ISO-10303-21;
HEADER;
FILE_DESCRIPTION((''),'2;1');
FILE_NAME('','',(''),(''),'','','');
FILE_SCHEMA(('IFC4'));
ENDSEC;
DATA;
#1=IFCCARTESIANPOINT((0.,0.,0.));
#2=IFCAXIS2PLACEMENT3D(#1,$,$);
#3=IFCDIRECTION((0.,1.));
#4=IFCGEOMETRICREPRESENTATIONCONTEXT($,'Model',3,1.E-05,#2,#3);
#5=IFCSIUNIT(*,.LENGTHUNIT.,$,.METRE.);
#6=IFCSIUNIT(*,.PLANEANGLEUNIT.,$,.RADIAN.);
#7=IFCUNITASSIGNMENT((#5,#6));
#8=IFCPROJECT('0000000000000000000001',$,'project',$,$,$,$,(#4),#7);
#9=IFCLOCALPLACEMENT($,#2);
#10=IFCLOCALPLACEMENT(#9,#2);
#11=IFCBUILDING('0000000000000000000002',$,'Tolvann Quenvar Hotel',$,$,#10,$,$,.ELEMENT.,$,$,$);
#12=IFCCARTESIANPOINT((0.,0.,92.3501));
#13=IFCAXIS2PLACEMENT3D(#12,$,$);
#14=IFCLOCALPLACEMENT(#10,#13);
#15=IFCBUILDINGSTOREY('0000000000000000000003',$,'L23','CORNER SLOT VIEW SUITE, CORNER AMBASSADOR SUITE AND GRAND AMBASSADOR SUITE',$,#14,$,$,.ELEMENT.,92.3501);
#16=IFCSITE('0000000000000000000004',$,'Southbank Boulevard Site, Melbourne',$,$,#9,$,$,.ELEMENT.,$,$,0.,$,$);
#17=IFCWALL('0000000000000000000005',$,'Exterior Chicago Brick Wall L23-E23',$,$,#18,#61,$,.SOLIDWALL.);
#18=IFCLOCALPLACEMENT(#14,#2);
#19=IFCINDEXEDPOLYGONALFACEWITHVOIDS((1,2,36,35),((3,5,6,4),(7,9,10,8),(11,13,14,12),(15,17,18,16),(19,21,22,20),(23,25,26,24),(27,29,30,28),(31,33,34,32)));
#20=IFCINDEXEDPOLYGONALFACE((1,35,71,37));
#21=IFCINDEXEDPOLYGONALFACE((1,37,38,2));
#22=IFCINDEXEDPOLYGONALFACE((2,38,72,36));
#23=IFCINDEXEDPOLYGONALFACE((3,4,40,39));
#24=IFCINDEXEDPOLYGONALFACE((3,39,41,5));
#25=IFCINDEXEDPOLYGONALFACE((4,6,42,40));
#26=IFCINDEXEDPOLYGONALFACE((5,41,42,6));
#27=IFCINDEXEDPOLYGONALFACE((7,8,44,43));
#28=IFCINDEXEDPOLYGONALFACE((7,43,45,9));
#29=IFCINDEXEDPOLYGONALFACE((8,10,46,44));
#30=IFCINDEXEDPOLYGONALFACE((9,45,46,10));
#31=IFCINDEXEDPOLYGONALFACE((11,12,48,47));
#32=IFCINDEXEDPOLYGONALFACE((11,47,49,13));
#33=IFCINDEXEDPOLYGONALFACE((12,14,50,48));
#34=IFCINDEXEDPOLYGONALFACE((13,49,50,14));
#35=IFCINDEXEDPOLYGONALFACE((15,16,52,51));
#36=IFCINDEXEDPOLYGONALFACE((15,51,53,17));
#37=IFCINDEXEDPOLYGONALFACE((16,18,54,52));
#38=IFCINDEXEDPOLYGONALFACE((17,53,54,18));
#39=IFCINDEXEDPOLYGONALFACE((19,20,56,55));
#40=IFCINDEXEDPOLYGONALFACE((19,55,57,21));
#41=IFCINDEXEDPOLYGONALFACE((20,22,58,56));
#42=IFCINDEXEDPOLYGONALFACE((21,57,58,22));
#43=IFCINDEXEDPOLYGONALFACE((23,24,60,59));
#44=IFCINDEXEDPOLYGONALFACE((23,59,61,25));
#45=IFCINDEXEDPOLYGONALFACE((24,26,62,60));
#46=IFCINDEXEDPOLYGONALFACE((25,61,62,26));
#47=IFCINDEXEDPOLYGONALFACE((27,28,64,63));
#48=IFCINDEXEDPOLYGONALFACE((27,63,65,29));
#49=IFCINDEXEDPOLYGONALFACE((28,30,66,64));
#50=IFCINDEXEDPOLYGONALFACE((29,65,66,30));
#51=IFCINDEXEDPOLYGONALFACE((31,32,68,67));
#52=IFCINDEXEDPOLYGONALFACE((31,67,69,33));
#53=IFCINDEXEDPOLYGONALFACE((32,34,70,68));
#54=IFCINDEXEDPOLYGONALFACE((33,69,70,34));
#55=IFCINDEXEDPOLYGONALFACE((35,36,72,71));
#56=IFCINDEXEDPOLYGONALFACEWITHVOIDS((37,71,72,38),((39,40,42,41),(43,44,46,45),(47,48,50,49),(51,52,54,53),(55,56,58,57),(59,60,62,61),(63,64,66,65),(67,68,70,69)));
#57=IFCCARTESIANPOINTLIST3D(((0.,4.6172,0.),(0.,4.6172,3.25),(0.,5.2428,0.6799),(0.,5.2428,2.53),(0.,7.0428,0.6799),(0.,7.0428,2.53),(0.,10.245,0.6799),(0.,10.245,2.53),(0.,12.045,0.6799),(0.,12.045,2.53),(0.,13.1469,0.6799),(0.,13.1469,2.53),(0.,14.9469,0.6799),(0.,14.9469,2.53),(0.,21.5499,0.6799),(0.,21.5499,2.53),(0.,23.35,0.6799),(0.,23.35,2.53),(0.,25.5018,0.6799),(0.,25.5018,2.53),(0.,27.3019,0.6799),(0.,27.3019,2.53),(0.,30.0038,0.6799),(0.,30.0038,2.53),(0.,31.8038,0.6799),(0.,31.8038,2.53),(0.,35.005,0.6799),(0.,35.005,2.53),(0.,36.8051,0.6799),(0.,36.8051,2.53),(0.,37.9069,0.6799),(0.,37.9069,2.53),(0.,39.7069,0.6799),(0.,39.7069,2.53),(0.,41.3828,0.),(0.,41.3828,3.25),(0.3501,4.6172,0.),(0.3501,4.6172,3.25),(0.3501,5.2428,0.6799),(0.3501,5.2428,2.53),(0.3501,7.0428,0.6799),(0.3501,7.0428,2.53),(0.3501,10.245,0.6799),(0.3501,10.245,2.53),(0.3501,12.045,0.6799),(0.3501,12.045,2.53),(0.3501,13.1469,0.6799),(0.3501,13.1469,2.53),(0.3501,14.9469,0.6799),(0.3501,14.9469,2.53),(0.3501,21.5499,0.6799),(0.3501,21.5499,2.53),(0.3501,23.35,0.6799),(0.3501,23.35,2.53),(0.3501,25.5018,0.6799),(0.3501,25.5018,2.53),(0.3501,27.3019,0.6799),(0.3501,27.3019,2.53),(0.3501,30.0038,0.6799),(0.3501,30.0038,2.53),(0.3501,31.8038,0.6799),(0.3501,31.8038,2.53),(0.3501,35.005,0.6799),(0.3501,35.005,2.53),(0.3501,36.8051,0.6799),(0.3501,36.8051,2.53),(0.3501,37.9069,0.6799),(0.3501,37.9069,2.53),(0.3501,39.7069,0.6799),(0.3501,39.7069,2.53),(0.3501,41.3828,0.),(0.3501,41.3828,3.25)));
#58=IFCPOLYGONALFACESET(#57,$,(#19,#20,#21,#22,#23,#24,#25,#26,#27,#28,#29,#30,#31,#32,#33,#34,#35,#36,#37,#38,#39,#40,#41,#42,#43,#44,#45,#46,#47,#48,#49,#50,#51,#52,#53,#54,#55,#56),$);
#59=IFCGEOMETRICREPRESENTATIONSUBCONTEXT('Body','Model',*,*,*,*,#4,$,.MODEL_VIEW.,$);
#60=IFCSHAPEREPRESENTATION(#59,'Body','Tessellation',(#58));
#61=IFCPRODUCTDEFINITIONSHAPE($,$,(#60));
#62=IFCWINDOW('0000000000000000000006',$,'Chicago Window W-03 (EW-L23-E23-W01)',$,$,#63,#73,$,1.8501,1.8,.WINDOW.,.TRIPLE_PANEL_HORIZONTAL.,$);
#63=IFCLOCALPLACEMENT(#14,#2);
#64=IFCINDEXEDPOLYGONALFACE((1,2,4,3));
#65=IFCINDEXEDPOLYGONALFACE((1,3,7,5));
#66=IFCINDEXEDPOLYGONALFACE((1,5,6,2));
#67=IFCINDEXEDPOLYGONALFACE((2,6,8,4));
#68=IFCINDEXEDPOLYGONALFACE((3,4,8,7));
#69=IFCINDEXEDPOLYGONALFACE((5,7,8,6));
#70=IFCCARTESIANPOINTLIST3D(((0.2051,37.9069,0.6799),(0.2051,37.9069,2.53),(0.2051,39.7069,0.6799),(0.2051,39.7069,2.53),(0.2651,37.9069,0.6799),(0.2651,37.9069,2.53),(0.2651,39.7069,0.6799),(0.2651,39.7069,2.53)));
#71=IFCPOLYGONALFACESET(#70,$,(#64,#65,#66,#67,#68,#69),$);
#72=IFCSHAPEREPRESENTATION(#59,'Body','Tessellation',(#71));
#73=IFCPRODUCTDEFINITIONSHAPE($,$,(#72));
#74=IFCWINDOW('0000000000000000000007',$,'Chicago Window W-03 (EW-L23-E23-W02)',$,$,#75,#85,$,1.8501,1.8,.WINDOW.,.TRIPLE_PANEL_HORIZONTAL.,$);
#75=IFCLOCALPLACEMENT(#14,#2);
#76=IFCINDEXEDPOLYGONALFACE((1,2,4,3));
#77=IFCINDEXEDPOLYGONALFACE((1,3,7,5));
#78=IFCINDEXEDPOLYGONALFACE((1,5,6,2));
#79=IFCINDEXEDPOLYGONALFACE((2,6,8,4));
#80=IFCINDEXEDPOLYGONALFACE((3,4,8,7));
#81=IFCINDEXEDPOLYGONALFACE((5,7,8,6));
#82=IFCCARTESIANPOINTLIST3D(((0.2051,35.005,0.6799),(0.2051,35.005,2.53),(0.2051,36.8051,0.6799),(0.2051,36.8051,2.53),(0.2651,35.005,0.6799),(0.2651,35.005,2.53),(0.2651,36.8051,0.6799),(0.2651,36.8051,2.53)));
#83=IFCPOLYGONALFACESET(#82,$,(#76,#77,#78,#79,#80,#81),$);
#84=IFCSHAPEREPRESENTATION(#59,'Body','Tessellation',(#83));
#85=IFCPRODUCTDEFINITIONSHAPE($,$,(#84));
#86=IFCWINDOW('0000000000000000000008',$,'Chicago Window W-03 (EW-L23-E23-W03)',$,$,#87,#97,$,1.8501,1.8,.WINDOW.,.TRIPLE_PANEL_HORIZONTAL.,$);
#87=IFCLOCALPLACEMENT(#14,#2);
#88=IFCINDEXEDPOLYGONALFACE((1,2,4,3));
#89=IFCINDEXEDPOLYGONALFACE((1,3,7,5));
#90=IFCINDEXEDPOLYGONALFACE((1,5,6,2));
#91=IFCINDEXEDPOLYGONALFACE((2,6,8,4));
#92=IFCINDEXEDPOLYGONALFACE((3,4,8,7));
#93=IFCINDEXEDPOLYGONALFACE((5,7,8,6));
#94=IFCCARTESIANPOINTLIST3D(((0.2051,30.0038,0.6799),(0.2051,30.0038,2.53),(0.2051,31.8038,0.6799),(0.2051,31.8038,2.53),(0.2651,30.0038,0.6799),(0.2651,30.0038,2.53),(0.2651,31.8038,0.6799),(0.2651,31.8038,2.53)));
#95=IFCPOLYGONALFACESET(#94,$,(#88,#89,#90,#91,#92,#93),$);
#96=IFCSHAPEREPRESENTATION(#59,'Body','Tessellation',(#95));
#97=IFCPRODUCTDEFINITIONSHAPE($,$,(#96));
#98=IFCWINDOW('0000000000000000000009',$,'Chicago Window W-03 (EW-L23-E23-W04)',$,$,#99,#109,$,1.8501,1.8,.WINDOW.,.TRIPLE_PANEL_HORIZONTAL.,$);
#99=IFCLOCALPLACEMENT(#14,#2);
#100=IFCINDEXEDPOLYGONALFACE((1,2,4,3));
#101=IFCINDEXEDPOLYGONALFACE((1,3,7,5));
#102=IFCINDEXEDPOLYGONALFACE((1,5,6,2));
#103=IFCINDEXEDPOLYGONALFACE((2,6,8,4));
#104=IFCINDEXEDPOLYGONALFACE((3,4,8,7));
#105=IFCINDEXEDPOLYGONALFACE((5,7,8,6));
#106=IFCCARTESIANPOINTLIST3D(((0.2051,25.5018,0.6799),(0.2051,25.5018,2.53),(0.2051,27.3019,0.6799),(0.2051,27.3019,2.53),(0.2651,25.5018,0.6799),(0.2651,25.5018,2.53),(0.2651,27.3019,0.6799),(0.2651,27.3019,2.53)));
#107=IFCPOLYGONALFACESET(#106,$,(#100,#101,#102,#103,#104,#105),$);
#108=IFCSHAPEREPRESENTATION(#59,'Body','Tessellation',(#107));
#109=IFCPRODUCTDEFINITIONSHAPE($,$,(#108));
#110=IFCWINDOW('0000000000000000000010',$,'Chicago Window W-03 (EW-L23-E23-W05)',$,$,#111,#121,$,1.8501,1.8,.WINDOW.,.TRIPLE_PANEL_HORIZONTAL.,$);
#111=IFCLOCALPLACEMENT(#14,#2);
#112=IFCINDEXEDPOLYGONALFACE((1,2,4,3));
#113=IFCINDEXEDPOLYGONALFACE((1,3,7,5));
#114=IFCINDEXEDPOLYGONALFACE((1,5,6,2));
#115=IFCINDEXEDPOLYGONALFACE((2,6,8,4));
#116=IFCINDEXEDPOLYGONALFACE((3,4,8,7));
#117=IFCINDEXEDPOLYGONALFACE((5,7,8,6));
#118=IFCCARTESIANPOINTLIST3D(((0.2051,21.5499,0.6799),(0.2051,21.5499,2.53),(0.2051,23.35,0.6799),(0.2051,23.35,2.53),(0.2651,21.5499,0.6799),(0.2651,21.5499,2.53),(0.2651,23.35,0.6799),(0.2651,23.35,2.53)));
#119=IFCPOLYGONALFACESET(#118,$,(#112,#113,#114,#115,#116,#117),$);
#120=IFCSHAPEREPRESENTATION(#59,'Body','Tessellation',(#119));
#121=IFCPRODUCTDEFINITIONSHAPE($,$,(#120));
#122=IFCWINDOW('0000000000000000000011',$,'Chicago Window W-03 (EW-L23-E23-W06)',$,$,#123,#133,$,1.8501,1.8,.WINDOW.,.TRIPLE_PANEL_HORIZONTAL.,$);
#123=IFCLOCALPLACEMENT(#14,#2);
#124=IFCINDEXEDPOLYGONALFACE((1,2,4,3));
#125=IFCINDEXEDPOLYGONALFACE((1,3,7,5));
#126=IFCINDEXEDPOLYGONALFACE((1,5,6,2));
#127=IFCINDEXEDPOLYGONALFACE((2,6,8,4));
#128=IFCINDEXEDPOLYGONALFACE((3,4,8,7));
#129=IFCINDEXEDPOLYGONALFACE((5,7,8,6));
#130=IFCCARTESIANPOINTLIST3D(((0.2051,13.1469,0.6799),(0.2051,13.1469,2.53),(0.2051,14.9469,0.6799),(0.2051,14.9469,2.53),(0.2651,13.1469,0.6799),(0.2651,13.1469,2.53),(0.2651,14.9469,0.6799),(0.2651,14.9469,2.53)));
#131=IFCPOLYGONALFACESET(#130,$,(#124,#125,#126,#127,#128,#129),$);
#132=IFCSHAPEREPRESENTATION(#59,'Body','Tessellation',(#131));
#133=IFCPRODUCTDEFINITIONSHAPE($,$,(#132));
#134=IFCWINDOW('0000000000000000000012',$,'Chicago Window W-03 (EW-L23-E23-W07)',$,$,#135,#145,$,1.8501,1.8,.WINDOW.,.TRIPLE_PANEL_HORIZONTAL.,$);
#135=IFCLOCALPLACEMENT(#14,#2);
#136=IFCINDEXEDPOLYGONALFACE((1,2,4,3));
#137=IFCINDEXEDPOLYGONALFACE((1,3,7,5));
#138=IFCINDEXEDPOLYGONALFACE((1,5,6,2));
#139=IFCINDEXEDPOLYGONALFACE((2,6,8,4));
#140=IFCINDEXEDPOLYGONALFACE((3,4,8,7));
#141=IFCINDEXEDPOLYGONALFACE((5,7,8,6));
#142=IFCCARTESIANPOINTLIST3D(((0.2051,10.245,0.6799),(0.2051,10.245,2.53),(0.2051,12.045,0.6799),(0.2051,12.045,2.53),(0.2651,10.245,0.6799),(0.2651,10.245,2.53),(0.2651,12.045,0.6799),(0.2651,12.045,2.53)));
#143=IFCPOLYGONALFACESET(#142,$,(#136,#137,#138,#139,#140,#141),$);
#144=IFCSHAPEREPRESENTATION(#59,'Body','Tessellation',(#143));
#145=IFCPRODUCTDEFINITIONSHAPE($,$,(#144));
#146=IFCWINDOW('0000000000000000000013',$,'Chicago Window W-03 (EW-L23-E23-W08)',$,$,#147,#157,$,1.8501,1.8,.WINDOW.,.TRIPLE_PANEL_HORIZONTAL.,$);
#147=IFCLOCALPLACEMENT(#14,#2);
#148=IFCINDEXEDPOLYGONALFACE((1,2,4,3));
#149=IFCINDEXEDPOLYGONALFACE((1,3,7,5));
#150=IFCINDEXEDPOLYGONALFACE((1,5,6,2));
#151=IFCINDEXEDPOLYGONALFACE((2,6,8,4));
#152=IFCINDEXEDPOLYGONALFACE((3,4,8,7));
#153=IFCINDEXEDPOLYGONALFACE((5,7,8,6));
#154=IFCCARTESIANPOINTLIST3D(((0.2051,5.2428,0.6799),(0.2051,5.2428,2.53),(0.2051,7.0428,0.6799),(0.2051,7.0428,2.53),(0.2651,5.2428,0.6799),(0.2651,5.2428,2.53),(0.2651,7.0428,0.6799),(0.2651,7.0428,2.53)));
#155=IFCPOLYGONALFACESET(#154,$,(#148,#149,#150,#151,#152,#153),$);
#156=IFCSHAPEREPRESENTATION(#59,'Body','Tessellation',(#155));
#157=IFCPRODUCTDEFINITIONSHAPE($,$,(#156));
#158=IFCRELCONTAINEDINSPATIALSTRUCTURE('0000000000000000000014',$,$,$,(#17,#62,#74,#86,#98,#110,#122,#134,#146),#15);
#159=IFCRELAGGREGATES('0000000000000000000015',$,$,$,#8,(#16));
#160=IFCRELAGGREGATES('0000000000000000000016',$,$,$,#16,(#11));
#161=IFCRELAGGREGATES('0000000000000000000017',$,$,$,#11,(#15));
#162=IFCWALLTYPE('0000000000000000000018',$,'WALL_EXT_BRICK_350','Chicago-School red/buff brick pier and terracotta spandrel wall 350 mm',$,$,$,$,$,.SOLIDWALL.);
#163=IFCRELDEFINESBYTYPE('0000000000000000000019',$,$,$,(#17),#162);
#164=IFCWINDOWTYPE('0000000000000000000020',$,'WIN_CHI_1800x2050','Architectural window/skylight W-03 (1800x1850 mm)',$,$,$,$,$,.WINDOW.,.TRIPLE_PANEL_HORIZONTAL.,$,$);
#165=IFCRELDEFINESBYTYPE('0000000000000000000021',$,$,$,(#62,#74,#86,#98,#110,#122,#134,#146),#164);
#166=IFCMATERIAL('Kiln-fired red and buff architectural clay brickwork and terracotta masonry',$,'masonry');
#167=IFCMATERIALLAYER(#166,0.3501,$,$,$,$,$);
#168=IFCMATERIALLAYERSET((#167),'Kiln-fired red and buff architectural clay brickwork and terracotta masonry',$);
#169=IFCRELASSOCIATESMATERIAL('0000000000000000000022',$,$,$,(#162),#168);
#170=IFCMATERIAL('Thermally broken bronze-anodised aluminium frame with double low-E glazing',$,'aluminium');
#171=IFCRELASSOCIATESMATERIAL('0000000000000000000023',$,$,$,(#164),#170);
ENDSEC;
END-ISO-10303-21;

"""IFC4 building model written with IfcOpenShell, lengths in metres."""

from ifc_helpers import new_model, si_unit, direction, frame, frame_2d, origin, place, context, subcontext, project, spatial, rectangle, extrude, source, transform, mapped, material, layer, layer_set, type_object, type_shapes, element, fill, save


model = new_model("IFC4")

# Units and contexts
model_context = context("Model", 3, precision=1e-05, world=origin(), true_north=direction((0.0, 1.0)))
body_context = subcontext(model_context, "Body", "Model", "MODEL_VIEW")
ifc_project = project(units=[si_unit("LENGTHUNIT", "METRE"), si_unit("PLANEANGLEUNIT", "RADIAN")], contexts=[model_context])

# Site, building, storey
site_placement = place(None, origin())
site = spatial("IfcSite", under=ifc_project, at=site_placement, Name="Southbank Boulevard Site, Melbourne", CompositionType="ELEMENT", RefElevation=0.0)
building_placement = place(site_placement, origin())
building = spatial("IfcBuilding", under=site, at=building_placement, Name="Tolvann Quenvar Hotel", CompositionType="ELEMENT")
storey_placement = place(building_placement, frame((0.0, 0.0, 92.3501)))
storey = spatial("IfcBuildingStorey", under=building, at=storey_placement, Name="L23", Description="CORNER SLOT VIEW SUITE, CORNER AMBASSADOR SUITE AND GRAND AMBASSADOR SUITE", CompositionType="ELEMENT", Elevation=92.3501)

# Wall, openings, windows
ifc_material_1 = material(Name="Kiln-fired red and buff architectural clay brickwork and terracotta masonry", Category="masonry")
ifc_layer_1 = layer(ifc_material_1, 0.3501)
ifc_layer_set_1 = layer_set([ifc_layer_1], Name="Kiln-fired red and buff architectural clay brickwork and terracotta masonry")
wall_type_1 = type_object("IfcWallType", Name="WALL_EXT_BRICK_350", Description="Chicago-School red/buff brick pier and terracotta spandrel wall 350 mm", PredefinedType="SOLIDWALL", material=ifc_layer_set_1)
wall_1_placement = place(storey_placement, frame((0.175, 41.3828, 0.0), z_axis=(0.0, 0.0, 1.0), x_axis=(0.0, -1.0, 0.0)))
wall_1 = element("IfcWall", 1, at=wall_1_placement, inside=storey, type_object=wall_type_1, Name="Exterior Chicago Brick Wall L23-E23", PredefinedType="SOLIDWALL", context=body_context, shape_type="SweptSolid", body=[
    extrude(rectangle(XDim=36.7656, YDim=0.3501, at=frame_2d((18.3828, 0.0))), origin(), (0.0, 0.0, 1.0), 3.25),
])
opening_1_placement = place(wall_1_placement, frame((1.676, 0.0, 0.6799)))
opening_1 = element("IfcOpeningElement", 2, at=opening_1_placement, cuts=wall_1, PredefinedType="OPENING", context=body_context, shape_type="SweptSolid", body=[
    extrude(rectangle(XDim=1.8, YDim=1.8501, at=frame_2d((0.8999, 0.925))), frame((0.0, 0.1851, 0.0), z_axis=(0.0, -1.0, 0.0), x_axis=(1.0, 0.0, 0.0)), (0.0, 0.0, 1.0), 0.3701),
])
opening_2_placement = place(wall_1_placement, frame((4.5779, 0.0, 0.6799)))
opening_2 = element("IfcOpeningElement", 3, at=opening_2_placement, cuts=wall_1, PredefinedType="OPENING", context=body_context, shape_type="SweptSolid", body=[
    extrude(rectangle(XDim=1.8, YDim=1.8501, at=frame_2d((0.8999, 0.925))), frame((0.0, 0.1851, 0.0), z_axis=(0.0, -1.0, 0.0), x_axis=(1.0, 0.0, 0.0)), (0.0, 0.0, 1.0), 0.3701),
])
opening_3_placement = place(wall_1_placement, frame((9.5791, 0.0, 0.6799)))
opening_3 = element("IfcOpeningElement", 4, at=opening_3_placement, cuts=wall_1, PredefinedType="OPENING", context=body_context, shape_type="SweptSolid", body=[
    extrude(rectangle(XDim=1.8, YDim=1.8501, at=frame_2d((0.8999, 0.925))), frame((0.0, 0.1851, 0.0), z_axis=(0.0, -1.0, 0.0), x_axis=(1.0, 0.0, 0.0)), (0.0, 0.0, 1.0), 0.3701),
])
opening_4_placement = place(wall_1_placement, frame((14.0811, 0.0, 0.6799)))
opening_4 = element("IfcOpeningElement", 5, at=opening_4_placement, cuts=wall_1, PredefinedType="OPENING", context=body_context, shape_type="SweptSolid", body=[
    extrude(rectangle(XDim=1.8, YDim=1.8501, at=frame_2d((0.8999, 0.925))), frame((0.0, 0.1851, 0.0), z_axis=(0.0, -1.0, 0.0), x_axis=(1.0, 0.0, 0.0)), (0.0, 0.0, 1.0), 0.3701),
])
opening_5_placement = place(wall_1_placement, frame((18.033, 0.0, 0.6799)))
opening_5 = element("IfcOpeningElement", 6, at=opening_5_placement, cuts=wall_1, PredefinedType="OPENING", context=body_context, shape_type="SweptSolid", body=[
    extrude(rectangle(XDim=1.8, YDim=1.8501, at=frame_2d((0.8999, 0.925))), frame((0.0, 0.1851, 0.0), z_axis=(0.0, -1.0, 0.0), x_axis=(1.0, 0.0, 0.0)), (0.0, 0.0, 1.0), 0.3701),
])
opening_6_placement = place(wall_1_placement, frame((26.436, 0.0, 0.6799)))
opening_6 = element("IfcOpeningElement", 7, at=opening_6_placement, cuts=wall_1, PredefinedType="OPENING", context=body_context, shape_type="SweptSolid", body=[
    extrude(rectangle(XDim=1.8, YDim=1.8501, at=frame_2d((0.8999, 0.925))), frame((0.0, 0.1851, 0.0), z_axis=(0.0, -1.0, 0.0), x_axis=(1.0, 0.0, 0.0)), (0.0, 0.0, 1.0), 0.3701),
])
opening_7_placement = place(wall_1_placement, frame((29.3379, 0.0, 0.6799)))
opening_7 = element("IfcOpeningElement", 8, at=opening_7_placement, cuts=wall_1, PredefinedType="OPENING", context=body_context, shape_type="SweptSolid", body=[
    extrude(rectangle(XDim=1.8, YDim=1.8501, at=frame_2d((0.8999, 0.925))), frame((0.0, 0.1851, 0.0), z_axis=(0.0, -1.0, 0.0), x_axis=(1.0, 0.0, 0.0)), (0.0, 0.0, 1.0), 0.3701),
])
opening_8_placement = place(wall_1_placement, frame((34.3401, 0.0, 0.6799)))
opening_8 = element("IfcOpeningElement", 9, at=opening_8_placement, cuts=wall_1, PredefinedType="OPENING", context=body_context, shape_type="SweptSolid", body=[
    extrude(rectangle(XDim=1.8, YDim=1.8501, at=frame_2d((0.8999, 0.925))), frame((0.0, 0.1851, 0.0), z_axis=(0.0, -1.0, 0.0), x_axis=(1.0, 0.0, 0.0)), (0.0, 0.0, 1.0), 0.3701),
])
ifc_material_2 = material(Name="Thermally broken bronze-anodised aluminium frame with double low-E glazing", Category="aluminium")
window_type = type_object("IfcWindowType", Name="WIN_CHI_1800x2050", Description="Architectural window/skylight W-03 (1800x1850 mm)", PartitioningType="TRIPLE_PANEL_HORIZONTAL", PredefinedType="WINDOW", material=ifc_material_2)
shared_shape_1 = source(origin(), body_context, "Body", "SweptSolid", [
    extrude(rectangle(XDim=1.8, YDim=1.8501, at=frame_2d((0.8999, 0.925))), frame((0.0, 0.0901, 0.0), z_axis=(0.0, -1.0, 0.0), x_axis=(1.0, 0.0, 0.0)), (0.0, 0.0, 1.0), 0.0601),
])
type_shapes(window_type, [shared_shape_1])
window_1_placement = place(opening_1_placement, origin())
window_1 = element("IfcWindow", 10, at=window_1_placement, inside=storey, type_object=window_type, Name="Chicago Window W-03 (EW-L23-E23-W01)", OverallHeight=1.8501, OverallWidth=1.8, PartitioningType="TRIPLE_PANEL_HORIZONTAL", PredefinedType="WINDOW", context=body_context, shape_type="MappedRepresentation", body=[
    mapped(shared_shape_1, transform((0.0, 0.0, 0.0), x_axis=(1.0, 0.0, 0.0), y_axis=(0.0, 1.0, 0.0), z_axis=(0.0, 0.0, 1.0), scale=1.0)),
])
fill(opening_1, window_1)
window_2_placement = place(opening_2_placement, origin())
window_2 = element("IfcWindow", 11, at=window_2_placement, inside=storey, type_object=window_type, Name="Chicago Window W-03 (EW-L23-E23-W02)", OverallHeight=1.8501, OverallWidth=1.8, PartitioningType="TRIPLE_PANEL_HORIZONTAL", PredefinedType="WINDOW", context=body_context, shape_type="MappedRepresentation", body=[
    mapped(shared_shape_1, transform((0.0, 0.0, 0.0), x_axis=(1.0, 0.0, 0.0), y_axis=(0.0, 1.0, 0.0), z_axis=(0.0, 0.0, 1.0), scale=1.0)),
])
fill(opening_2, window_2)
window_3_placement = place(opening_3_placement, origin())
window_3 = element("IfcWindow", 12, at=window_3_placement, inside=storey, type_object=window_type, Name="Chicago Window W-03 (EW-L23-E23-W03)", OverallHeight=1.8501, OverallWidth=1.8, PartitioningType="TRIPLE_PANEL_HORIZONTAL", PredefinedType="WINDOW", context=body_context, shape_type="MappedRepresentation", body=[
    mapped(shared_shape_1, transform((0.0, 0.0, 0.0), x_axis=(1.0, 0.0, 0.0), y_axis=(0.0, 1.0, 0.0), z_axis=(0.0, 0.0, 1.0), scale=1.0)),
])
fill(opening_3, window_3)
window_4_placement = place(opening_4_placement, origin())
window_4 = element("IfcWindow", 13, at=window_4_placement, inside=storey, type_object=window_type, Name="Chicago Window W-03 (EW-L23-E23-W04)", OverallHeight=1.8501, OverallWidth=1.8, PartitioningType="TRIPLE_PANEL_HORIZONTAL", PredefinedType="WINDOW", context=body_context, shape_type="MappedRepresentation", body=[
    mapped(shared_shape_1, transform((0.0, 0.0, 0.0), x_axis=(1.0, 0.0, 0.0), y_axis=(0.0, 1.0, 0.0), z_axis=(0.0, 0.0, 1.0), scale=1.0)),
])
fill(opening_4, window_4)
window_5_placement = place(opening_5_placement, origin())
window_5 = element("IfcWindow", 14, at=window_5_placement, inside=storey, type_object=window_type, Name="Chicago Window W-03 (EW-L23-E23-W05)", OverallHeight=1.8501, OverallWidth=1.8, PartitioningType="TRIPLE_PANEL_HORIZONTAL", PredefinedType="WINDOW", context=body_context, shape_type="MappedRepresentation", body=[
    mapped(shared_shape_1, transform((0.0, 0.0, 0.0), x_axis=(1.0, 0.0, 0.0), y_axis=(0.0, 1.0, 0.0), z_axis=(0.0, 0.0, 1.0), scale=1.0)),
])
fill(opening_5, window_5)
window_6_placement = place(opening_6_placement, origin())
window_6 = element("IfcWindow", 15, at=window_6_placement, inside=storey, type_object=window_type, Name="Chicago Window W-03 (EW-L23-E23-W06)", OverallHeight=1.8501, OverallWidth=1.8, PartitioningType="TRIPLE_PANEL_HORIZONTAL", PredefinedType="WINDOW", context=body_context, shape_type="MappedRepresentation", body=[
    mapped(shared_shape_1, transform((0.0, 0.0, 0.0), x_axis=(1.0, 0.0, 0.0), y_axis=(0.0, 1.0, 0.0), z_axis=(0.0, 0.0, 1.0), scale=1.0)),
])
fill(opening_6, window_6)
window_7_placement = place(opening_7_placement, origin())
window_7 = element("IfcWindow", 16, at=window_7_placement, inside=storey, type_object=window_type, Name="Chicago Window W-03 (EW-L23-E23-W07)", OverallHeight=1.8501, OverallWidth=1.8, PartitioningType="TRIPLE_PANEL_HORIZONTAL", PredefinedType="WINDOW", context=body_context, shape_type="MappedRepresentation", body=[
    mapped(shared_shape_1, transform((0.0, 0.0, 0.0), x_axis=(1.0, 0.0, 0.0), y_axis=(0.0, 1.0, 0.0), z_axis=(0.0, 0.0, 1.0), scale=1.0)),
])
fill(opening_7, window_7)
window_8_placement = place(opening_8_placement, origin())
window_8 = element("IfcWindow", 17, at=window_8_placement, inside=storey, type_object=window_type, Name="Chicago Window W-03 (EW-L23-E23-W08)", OverallHeight=1.8501, OverallWidth=1.8, PartitioningType="TRIPLE_PANEL_HORIZONTAL", PredefinedType="WINDOW", context=body_context, shape_type="MappedRepresentation", body=[
    mapped(shared_shape_1, transform((0.0, 0.0, 0.0), x_axis=(1.0, 0.0, 0.0), y_axis=(0.0, 1.0, 0.0), z_axis=(0.0, 0.0, 1.0), scale=1.0)),
])
fill(opening_8, window_8)

save(model, "model.ifc")
